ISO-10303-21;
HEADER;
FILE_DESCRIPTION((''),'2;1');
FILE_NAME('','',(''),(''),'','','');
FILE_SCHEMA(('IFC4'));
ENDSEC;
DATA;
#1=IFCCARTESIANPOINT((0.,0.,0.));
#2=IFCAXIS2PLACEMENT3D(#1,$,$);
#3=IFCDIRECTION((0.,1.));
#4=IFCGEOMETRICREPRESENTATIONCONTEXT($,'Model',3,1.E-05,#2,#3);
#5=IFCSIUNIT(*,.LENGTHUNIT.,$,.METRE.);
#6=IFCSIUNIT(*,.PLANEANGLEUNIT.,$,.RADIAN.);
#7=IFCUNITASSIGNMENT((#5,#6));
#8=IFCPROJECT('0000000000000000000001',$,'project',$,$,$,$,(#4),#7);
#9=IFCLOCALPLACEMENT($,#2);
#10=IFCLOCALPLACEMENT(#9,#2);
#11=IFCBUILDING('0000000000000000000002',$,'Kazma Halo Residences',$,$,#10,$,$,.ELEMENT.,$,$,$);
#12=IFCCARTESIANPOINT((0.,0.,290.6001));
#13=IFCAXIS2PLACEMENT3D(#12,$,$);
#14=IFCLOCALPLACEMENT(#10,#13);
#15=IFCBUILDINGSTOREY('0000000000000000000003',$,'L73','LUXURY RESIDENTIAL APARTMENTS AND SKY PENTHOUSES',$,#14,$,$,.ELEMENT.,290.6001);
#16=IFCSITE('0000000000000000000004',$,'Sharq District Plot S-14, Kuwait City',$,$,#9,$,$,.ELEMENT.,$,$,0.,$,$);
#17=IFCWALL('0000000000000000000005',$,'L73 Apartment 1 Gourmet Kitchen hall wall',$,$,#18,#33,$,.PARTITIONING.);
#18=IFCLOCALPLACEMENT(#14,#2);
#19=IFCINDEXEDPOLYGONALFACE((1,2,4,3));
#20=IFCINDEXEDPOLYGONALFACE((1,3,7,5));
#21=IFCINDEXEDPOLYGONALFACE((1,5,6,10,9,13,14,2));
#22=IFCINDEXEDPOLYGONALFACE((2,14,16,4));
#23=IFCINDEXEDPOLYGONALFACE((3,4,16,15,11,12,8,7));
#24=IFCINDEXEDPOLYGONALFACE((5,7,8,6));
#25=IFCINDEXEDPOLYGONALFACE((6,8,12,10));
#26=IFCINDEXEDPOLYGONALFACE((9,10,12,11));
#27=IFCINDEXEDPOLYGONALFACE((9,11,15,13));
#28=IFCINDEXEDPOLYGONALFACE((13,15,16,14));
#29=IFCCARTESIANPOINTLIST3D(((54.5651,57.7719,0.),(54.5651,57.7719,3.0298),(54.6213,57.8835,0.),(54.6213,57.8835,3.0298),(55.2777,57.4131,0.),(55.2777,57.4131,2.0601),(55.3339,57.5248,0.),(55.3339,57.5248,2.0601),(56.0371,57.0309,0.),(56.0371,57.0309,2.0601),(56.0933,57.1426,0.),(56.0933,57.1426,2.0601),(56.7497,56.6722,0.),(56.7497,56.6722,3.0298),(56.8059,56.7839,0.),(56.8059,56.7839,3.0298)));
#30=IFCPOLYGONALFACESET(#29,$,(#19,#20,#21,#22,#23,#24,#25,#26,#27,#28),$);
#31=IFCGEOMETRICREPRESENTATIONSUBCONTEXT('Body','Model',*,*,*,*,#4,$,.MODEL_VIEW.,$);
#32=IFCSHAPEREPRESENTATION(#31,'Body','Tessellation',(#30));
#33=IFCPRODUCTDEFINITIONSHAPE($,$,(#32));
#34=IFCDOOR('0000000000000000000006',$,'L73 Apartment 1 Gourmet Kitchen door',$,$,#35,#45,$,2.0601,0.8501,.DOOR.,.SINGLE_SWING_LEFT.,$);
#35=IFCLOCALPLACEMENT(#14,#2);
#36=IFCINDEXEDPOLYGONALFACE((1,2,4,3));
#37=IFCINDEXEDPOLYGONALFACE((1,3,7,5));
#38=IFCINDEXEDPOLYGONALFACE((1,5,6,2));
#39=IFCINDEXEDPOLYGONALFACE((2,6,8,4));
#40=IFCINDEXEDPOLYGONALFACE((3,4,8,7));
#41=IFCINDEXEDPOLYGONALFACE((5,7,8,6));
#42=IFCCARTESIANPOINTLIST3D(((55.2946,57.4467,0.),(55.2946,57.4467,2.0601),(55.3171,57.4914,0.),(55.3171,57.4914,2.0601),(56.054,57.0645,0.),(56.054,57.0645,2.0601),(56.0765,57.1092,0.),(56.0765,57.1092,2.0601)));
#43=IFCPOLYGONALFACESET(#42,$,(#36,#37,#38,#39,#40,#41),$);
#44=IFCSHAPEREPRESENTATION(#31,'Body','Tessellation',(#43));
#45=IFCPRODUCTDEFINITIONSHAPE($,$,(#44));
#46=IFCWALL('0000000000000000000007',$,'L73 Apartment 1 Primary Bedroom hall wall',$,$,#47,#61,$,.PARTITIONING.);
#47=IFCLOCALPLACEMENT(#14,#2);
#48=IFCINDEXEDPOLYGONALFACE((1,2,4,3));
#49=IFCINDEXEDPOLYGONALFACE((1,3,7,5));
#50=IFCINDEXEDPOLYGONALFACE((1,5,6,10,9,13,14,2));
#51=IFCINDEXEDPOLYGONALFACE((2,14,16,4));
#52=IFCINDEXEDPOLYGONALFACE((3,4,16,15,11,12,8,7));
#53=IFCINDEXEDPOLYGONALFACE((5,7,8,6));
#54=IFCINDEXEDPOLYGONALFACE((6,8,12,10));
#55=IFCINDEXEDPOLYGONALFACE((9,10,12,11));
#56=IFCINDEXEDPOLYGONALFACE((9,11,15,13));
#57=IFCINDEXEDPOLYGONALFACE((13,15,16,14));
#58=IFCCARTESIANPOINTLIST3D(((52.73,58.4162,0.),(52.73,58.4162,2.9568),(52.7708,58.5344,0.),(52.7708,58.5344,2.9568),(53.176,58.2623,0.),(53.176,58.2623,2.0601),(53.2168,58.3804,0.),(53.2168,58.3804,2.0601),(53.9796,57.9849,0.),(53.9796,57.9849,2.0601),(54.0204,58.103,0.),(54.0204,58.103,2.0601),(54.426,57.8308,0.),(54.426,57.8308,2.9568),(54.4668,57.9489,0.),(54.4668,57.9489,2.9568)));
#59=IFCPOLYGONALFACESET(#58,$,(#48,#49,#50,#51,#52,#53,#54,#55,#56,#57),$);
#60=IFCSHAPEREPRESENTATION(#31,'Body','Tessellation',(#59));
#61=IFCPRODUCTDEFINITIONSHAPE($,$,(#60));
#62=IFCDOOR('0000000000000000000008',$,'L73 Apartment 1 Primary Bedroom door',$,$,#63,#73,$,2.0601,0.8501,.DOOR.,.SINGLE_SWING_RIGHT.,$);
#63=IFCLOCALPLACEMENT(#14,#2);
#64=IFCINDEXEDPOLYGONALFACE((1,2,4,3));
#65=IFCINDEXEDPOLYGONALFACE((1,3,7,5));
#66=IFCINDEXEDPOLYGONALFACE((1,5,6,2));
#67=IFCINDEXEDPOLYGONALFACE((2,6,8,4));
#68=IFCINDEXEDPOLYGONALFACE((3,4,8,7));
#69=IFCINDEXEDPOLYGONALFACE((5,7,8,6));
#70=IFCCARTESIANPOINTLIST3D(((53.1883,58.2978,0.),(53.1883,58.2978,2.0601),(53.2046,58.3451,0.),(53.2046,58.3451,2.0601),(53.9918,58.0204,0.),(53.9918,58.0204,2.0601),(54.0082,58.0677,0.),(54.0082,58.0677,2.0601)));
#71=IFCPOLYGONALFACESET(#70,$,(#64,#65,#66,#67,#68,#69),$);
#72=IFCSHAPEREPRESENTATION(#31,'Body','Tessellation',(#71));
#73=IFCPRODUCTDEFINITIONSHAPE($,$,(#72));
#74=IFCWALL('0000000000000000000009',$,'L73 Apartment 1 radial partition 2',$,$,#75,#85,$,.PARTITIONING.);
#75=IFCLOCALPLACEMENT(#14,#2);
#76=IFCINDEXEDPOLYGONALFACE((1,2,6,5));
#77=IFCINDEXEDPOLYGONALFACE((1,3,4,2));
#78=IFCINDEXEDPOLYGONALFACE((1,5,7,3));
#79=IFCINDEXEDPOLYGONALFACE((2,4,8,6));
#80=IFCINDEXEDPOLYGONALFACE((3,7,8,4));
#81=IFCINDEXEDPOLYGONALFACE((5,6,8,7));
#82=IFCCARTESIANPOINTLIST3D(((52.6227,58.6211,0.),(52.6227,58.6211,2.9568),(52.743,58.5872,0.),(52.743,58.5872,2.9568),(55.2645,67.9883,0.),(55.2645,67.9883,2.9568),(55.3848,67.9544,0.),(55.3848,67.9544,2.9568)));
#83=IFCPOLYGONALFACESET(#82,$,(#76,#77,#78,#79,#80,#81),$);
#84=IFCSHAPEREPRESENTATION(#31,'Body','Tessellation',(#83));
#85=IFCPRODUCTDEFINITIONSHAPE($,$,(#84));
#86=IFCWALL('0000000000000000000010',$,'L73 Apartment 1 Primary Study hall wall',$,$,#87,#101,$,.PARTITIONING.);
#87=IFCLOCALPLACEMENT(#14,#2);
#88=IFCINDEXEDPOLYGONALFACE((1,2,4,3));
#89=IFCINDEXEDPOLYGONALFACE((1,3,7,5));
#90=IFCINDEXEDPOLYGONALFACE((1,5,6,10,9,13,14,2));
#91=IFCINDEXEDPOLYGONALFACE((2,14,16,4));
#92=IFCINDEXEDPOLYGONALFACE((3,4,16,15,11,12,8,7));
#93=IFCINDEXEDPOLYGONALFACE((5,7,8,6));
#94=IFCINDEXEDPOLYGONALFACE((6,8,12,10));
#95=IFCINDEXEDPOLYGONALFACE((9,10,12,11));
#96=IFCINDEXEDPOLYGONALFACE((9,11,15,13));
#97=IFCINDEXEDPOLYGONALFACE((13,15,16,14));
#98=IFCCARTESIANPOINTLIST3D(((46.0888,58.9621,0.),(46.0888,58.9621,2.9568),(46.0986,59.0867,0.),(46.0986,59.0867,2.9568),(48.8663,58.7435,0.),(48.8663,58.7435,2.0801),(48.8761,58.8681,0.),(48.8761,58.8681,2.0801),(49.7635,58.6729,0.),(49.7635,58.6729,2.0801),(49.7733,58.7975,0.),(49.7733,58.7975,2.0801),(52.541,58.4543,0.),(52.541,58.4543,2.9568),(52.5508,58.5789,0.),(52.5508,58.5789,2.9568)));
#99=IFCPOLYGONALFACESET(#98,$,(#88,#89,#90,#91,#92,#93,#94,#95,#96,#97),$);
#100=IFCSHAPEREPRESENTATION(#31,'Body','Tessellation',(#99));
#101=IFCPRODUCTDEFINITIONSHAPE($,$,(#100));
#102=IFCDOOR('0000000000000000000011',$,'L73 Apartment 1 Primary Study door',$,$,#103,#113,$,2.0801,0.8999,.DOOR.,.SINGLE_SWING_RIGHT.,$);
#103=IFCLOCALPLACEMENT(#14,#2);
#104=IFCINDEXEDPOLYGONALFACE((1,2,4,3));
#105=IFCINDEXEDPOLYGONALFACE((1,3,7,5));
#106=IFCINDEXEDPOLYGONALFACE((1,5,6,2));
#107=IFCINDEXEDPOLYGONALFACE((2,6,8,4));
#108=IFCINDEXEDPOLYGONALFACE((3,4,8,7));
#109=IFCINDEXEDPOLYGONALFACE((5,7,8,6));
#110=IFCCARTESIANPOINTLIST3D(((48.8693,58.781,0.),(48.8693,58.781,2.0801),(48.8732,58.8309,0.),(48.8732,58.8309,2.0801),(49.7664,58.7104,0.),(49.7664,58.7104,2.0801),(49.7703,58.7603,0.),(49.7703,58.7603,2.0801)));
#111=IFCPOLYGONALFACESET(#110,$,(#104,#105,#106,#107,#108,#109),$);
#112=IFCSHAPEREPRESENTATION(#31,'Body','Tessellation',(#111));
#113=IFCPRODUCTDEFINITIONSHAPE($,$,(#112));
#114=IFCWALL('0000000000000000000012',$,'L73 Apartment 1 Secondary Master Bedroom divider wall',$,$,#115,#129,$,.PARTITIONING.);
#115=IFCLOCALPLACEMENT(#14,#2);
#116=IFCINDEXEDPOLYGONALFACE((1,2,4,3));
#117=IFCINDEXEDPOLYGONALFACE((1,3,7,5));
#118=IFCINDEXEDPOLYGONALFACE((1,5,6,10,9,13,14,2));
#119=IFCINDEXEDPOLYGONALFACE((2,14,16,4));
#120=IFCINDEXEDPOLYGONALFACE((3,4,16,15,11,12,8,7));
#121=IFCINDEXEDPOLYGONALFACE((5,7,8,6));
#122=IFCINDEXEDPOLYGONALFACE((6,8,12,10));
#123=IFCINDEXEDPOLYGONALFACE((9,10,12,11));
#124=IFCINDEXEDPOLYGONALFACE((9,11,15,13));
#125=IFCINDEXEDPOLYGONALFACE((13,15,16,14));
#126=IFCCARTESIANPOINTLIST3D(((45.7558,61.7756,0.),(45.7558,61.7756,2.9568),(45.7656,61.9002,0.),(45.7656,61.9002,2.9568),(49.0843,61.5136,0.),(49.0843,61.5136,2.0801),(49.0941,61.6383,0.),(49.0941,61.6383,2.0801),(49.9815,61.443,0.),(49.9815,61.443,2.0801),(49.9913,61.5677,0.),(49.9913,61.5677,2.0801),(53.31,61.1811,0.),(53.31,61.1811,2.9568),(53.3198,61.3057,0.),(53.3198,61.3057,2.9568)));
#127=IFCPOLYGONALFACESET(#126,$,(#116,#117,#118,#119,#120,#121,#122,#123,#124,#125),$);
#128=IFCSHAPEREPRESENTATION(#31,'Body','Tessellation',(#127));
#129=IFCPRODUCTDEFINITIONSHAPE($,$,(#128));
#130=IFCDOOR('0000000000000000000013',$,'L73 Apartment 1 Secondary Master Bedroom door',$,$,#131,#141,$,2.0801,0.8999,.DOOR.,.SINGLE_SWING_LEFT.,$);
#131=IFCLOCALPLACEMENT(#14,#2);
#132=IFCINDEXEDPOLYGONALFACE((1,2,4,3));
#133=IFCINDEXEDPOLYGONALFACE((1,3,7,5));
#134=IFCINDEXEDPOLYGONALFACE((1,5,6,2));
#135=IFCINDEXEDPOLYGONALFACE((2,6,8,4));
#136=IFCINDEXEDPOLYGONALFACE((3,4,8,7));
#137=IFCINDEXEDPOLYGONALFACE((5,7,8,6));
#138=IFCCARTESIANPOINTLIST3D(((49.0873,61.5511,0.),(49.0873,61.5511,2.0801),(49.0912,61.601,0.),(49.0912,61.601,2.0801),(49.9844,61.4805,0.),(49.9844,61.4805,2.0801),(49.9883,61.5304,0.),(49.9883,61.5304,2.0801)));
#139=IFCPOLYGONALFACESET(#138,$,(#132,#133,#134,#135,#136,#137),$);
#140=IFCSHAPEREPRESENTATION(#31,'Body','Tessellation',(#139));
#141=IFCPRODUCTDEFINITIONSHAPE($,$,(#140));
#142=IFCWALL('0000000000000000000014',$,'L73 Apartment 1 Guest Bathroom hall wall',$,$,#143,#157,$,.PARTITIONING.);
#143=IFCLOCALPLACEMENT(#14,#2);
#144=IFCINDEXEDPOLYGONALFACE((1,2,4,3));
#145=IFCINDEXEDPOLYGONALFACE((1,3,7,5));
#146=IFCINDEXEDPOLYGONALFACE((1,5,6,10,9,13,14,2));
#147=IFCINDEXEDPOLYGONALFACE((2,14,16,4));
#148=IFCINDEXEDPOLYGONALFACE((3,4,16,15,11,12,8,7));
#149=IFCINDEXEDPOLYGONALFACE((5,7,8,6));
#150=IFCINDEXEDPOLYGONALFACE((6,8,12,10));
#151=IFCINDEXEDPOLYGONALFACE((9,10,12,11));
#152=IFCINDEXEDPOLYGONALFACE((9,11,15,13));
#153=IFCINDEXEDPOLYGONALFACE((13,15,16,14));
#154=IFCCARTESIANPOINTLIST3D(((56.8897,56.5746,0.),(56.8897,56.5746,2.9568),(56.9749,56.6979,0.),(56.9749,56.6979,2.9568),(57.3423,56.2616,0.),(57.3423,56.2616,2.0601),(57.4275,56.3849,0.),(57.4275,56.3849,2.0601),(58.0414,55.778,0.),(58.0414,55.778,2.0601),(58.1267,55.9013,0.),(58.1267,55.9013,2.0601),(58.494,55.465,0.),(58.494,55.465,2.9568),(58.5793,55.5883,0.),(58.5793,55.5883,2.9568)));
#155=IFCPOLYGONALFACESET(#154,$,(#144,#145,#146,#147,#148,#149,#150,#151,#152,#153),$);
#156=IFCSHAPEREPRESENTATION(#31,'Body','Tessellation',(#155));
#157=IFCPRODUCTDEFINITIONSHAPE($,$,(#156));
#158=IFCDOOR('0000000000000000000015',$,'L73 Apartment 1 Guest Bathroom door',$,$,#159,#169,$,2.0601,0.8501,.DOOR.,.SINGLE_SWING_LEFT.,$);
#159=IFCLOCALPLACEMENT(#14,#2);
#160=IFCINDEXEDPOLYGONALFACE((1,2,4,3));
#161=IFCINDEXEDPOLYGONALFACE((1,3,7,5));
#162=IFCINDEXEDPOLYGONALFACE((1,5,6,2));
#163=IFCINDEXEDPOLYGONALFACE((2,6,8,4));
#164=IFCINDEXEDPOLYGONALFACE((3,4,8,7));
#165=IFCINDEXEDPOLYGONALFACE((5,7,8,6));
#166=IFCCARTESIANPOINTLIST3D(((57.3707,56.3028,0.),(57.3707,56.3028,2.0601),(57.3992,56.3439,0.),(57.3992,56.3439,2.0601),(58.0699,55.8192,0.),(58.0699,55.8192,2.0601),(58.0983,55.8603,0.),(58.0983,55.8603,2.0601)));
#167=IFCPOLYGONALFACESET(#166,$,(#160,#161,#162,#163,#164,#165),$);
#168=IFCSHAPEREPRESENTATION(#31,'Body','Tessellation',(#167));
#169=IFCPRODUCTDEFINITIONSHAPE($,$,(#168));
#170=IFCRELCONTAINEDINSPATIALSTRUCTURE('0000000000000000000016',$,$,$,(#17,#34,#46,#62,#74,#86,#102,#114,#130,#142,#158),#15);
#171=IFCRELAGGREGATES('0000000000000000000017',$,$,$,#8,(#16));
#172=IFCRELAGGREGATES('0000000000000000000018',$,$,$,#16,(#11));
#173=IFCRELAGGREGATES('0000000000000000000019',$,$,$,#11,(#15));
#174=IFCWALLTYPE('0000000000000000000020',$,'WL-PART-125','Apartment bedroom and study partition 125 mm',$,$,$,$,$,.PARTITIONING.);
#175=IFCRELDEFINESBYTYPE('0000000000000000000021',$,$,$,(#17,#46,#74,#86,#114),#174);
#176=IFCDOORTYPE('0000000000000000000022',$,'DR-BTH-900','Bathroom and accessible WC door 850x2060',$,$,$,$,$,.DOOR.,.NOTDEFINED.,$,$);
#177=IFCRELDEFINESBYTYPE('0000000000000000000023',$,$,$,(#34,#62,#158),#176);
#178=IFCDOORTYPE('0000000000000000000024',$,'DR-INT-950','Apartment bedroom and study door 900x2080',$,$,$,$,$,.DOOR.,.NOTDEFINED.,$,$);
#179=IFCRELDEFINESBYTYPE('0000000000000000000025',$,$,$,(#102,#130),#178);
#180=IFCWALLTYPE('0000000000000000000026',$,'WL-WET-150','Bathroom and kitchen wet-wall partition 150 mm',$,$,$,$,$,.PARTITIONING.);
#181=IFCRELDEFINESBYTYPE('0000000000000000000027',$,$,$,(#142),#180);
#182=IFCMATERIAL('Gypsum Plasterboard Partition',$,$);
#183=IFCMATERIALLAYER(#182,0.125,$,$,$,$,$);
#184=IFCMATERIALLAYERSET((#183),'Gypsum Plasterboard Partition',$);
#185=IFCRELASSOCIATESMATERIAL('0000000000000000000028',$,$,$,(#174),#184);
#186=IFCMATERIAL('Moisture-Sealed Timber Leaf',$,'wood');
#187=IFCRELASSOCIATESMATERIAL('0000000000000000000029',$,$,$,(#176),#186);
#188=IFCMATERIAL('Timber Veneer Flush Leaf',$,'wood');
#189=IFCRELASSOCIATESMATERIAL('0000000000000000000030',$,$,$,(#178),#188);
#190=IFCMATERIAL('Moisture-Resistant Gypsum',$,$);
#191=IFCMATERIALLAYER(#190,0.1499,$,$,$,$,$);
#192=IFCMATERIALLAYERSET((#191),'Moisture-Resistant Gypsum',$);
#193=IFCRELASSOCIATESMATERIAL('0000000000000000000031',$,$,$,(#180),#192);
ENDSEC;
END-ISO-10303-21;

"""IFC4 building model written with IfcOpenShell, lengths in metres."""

from ifc_helpers import new_model, si_unit, direction, frame, frame_2d, origin, place, context, subcontext, project, spatial, rectangle, extrude, material, layer, layer_set, type_object, element, fill, save


model = new_model("IFC4")

# Units and contexts
model_context = context("Model", 3, precision=1e-05, world=origin(), true_north=direction((0.0, 1.0)))
body_context = subcontext(model_context, "Body", "Model", "MODEL_VIEW")
ifc_project = project(units=[si_unit("LENGTHUNIT", "METRE"), si_unit("PLANEANGLEUNIT", "RADIAN")], contexts=[model_context])

# Site, building, storey
site_placement = place(None, origin())
site = spatial("IfcSite", under=ifc_project, at=site_placement, Name="Sharq District Plot S-14, Kuwait City", CompositionType="ELEMENT", RefElevation=0.0)
building_placement = place(site_placement, origin())
building = spatial("IfcBuilding", under=site, at=building_placement, Name="Kazma Halo Residences", CompositionType="ELEMENT")
storey_placement = place(building_placement, frame((0.0, 0.0, 290.6001)))
storey = spatial("IfcBuildingStorey", under=building, at=storey_placement, Name="L73", Description="LUXURY RESIDENTIAL APARTMENTS AND SKY PENTHOUSES", CompositionType="ELEMENT", Elevation=290.6001)

# Shared definitions
ifc_material_1 = material(Name="Gypsum Plasterboard Partition")
ifc_layer_1 = layer(ifc_material_1, 0.125)
ifc_layer_set_1 = layer_set([ifc_layer_1], Name="Gypsum Plasterboard Partition")
wall_type_1 = type_object("IfcWallType", Name="WL-PART-125", Description="Apartment bedroom and study partition 125 mm", PredefinedType="PARTITIONING", material=ifc_layer_set_1)
ifc_material_2 = material(Name="Moisture-Sealed Timber Leaf", Category="wood")
door_type_1 = type_object("IfcDoorType", Name="DR-BTH-900", Description="Bathroom and accessible WC door 850x2060", OperationType="NOTDEFINED", PredefinedType="DOOR", material=ifc_material_2)

# Walls, openings, doors
wall_1_placement = place(storey_placement, frame((56.7778, 56.728, 0.0), z_axis=(0.0, 0.0, 1.0), x_axis=(-0.893226, 0.449608, 0.0)))
wall_1 = element("IfcWall", 1, at=wall_1_placement, inside=storey, type_object=wall_type_1, Name="L73 Apartment 1 Gourmet Kitchen hall wall", PredefinedType="PARTITIONING", context=body_context, shape_type="SweptSolid", body=[
    extrude(rectangle(XDim=2.4458, YDim=0.125, at=frame_2d((1.2229, 0.0))), origin(), (0.0, 0.0, 1.0), 3.0298),
])
opening_1_placement = place(wall_1_placement, frame((0.7979, 0.0, 0.0)))
opening_1 = element("IfcOpeningElement", 2, at=opening_1_placement, cuts=wall_1, PredefinedType="OPENING", context=body_context, shape_type="SweptSolid", body=[
    extrude(rectangle(XDim=0.8501, YDim=2.0601, at=frame_2d((0.425, 1.03))), frame((0.0, 0.0725, 0.0), z_axis=(0.0, -1.0, 0.0), x_axis=(1.0, 0.0, 0.0)), (0.0, 0.0, 1.0), 0.145),
])
door_1_placement = place(opening_1_placement, origin())
door_1 = element("IfcDoor", 3, at=door_1_placement, inside=storey, type_object=door_type_1, Name="L73 Apartment 1 Gourmet Kitchen door", OperationType="SINGLE_SWING_LEFT", OverallHeight=2.0601, OverallWidth=0.8501, PredefinedType="DOOR", context=body_context, shape_type="SweptSolid", body=[
    extrude(rectangle(XDim=0.8501, YDim=2.0601, at=frame_2d((0.425, 1.03))), frame((0.0, 0.0249, 0.0), z_axis=(0.0, -1.0, 0.0), x_axis=(1.0, 0.0, 0.0)), (0.0, 0.0, 1.0), 0.05),
])
fill(opening_1, door_1)
wall_2_placement = place(storey_placement, frame((54.4463, 57.8899, 0.0), z_axis=(0.0, 0.0, 1.0), x_axis=(-0.945269, 0.326293, 0.0)))
wall_2 = element("IfcWall", 4, at=wall_2_placement, inside=storey, type_object=wall_type_1, Name="L73 Apartment 1 Primary Bedroom hall wall", PredefinedType="PARTITIONING", context=body_context, shape_type="SweptSolid", body=[
    extrude(rectangle(XDim=1.7942, YDim=0.125, at=frame_2d((0.897, 0.0))), origin(), (0.0, 0.0, 1.0), 2.9568),
])
opening_2_placement = place(wall_2_placement, frame((0.4722, 0.0, 0.0)))
opening_2 = element("IfcOpeningElement", 5, at=opening_2_placement, cuts=wall_2, PredefinedType="OPENING", context=body_context, shape_type="SweptSolid", body=[
    extrude(rectangle(XDim=0.8501, YDim=2.0601, at=frame_2d((0.425, 1.03))), frame((0.0, 0.0725, 0.0), z_axis=(0.0, -1.0, 0.0), x_axis=(1.0, 0.0, 0.0)), (0.0, 0.0, 1.0), 0.145),
])
door_2_placement = place(opening_2_placement, origin())
door_2 = element("IfcDoor", 6, at=door_2_placement, inside=storey, type_object=door_type_1, Name="L73 Apartment 1 Primary Bedroom door", OperationType="SINGLE_SWING_RIGHT", OverallHeight=2.0601, OverallWidth=0.8501, PredefinedType="DOOR", context=body_context, shape_type="SweptSolid", body=[
    extrude(rectangle(XDim=0.8501, YDim=2.0601, at=frame_2d((0.425, 1.03))), frame((0.0, 0.0249, 0.0), z_axis=(0.0, -1.0, 0.0), x_axis=(1.0, 0.0, 0.0)), (0.0, 0.0, 1.0), 0.05),
])
fill(opening_2, door_2)

# Wall
wall_3_placement = place(storey_placement, frame((52.6829, 58.6042, 0.0), z_axis=(0.0, 0.0, 1.0), x_axis=(0.271443, 0.962455, 0.0)))
element("IfcWall", 7, at=wall_3_placement, inside=storey, type_object=wall_type_1, Name="L73 Apartment 1 radial partition 2", PredefinedType="PARTITIONING", context=body_context, shape_type="SweptSolid", body=[
    extrude(rectangle(XDim=9.7327, YDim=0.125, at=frame_2d((4.8662, 0.0))), origin(), (0.0, 0.0, 1.0), 2.9568),
])

# Walls, openings, doors
wall_4_placement = place(storey_placement, frame((52.5459, 58.5166, 0.0), z_axis=(0.0, 0.0, 1.0), x_axis=(-0.996917, 0.078462, 0.0)))
wall_4 = element("IfcWall", 8, at=wall_4_placement, inside=storey, type_object=wall_type_1, Name="L73 Apartment 1 Primary Study hall wall", PredefinedType="PARTITIONING", context=body_context, shape_type="SweptSolid", body=[
    extrude(rectangle(XDim=6.4722, YDim=0.125, at=frame_2d((3.2361, 0.0))), origin(), (0.0, 0.0, 1.0), 2.9568),
])
opening_3_placement = place(wall_4_placement, frame((2.7861, 0.0, 0.0)))
opening_3 = element("IfcOpeningElement", 9, at=opening_3_placement, cuts=wall_4, PredefinedType="OPENING", context=body_context, shape_type="SweptSolid", body=[
    extrude(rectangle(XDim=0.8999, YDim=2.0801, at=frame_2d((0.45, 1.04))), frame((0.0, 0.0725, 0.0), z_axis=(0.0, -1.0, 0.0), x_axis=(1.0, 0.0, 0.0)), (0.0, 0.0, 1.0), 0.145),
])
ifc_material_3 = material(Name="Timber Veneer Flush Leaf", Category="wood")
door_type_2 = type_object("IfcDoorType", Name="DR-INT-950", Description="Apartment bedroom and study door 900x2080", OperationType="NOTDEFINED", PredefinedType="DOOR", material=ifc_material_3)
door_3_placement = place(opening_3_placement, origin())
door_3 = element("IfcDoor", 10, at=door_3_placement, inside=storey, type_object=door_type_2, Name="L73 Apartment 1 Primary Study door", OperationType="SINGLE_SWING_RIGHT", OverallHeight=2.0801, OverallWidth=0.8999, PredefinedType="DOOR", context=body_context, shape_type="SweptSolid", body=[
    extrude(rectangle(XDim=0.8999, YDim=2.0801, at=frame_2d((0.45, 1.04))), frame((0.0, 0.0249, 0.0), z_axis=(0.0, -1.0, 0.0), x_axis=(1.0, 0.0, 0.0)), (0.0, 0.0, 1.0), 0.05),
])
fill(opening_3, door_3)
wall_5_placement = place(storey_placement, frame((53.3149, 61.2434, 0.0), z_axis=(0.0, 0.0, 1.0), x_axis=(-0.996918, 0.078453, 0.0)))
wall_5 = element("IfcWall", 11, at=wall_5_placement, inside=storey, type_object=wall_type_1, Name="L73 Apartment 1 Secondary Master Bedroom divider wall", PredefinedType="PARTITIONING", context=body_context, shape_type="SweptSolid", body=[
    extrude(rectangle(XDim=7.5776, YDim=0.125, at=frame_2d((3.7888, 0.0))), origin(), (0.0, 0.0, 1.0), 2.9568),
])
opening_4_placement = place(wall_5_placement, frame((3.3389, 0.0, 0.0)))
opening_4 = element("IfcOpeningElement", 12, at=opening_4_placement, cuts=wall_5, PredefinedType="OPENING", context=body_context, shape_type="SweptSolid", body=[
    extrude(rectangle(XDim=0.8999, YDim=2.0801, at=frame_2d((0.45, 1.04))), frame((0.0, 0.0725, 0.0), z_axis=(0.0, -1.0, 0.0), x_axis=(1.0, 0.0, 0.0)), (0.0, 0.0, 1.0), 0.145),
])
door_4_placement = place(opening_4_placement, origin())
door_4 = element("IfcDoor", 13, at=door_4_placement, inside=storey, type_object=door_type_2, Name="L73 Apartment 1 Secondary Master Bedroom door", OperationType="SINGLE_SWING_LEFT", OverallHeight=2.0801, OverallWidth=0.8999, PredefinedType="DOOR", context=body_context, shape_type="SweptSolid", body=[
    extrude(rectangle(XDim=0.8999, YDim=2.0801, at=frame_2d((0.45, 1.04))), frame((0.0, 0.0249, 0.0), z_axis=(0.0, -1.0, 0.0), x_axis=(1.0, 0.0, 0.0)), (0.0, 0.0, 1.0), 0.05),
])
fill(opening_4, door_4)
ifc_material_4 = material(Name="Moisture-Resistant Gypsum")
ifc_layer_2 = layer(ifc_material_4, 0.1499)
ifc_layer_set_2 = layer_set([ifc_layer_2], Name="Moisture-Resistant Gypsum")
wall_type_2 = type_object("IfcWallType", Name="WL-WET-150", Description="Bathroom and kitchen wet-wall partition 150 mm", PredefinedType="PARTITIONING", material=ifc_layer_set_2)
wall_6_placement = place(storey_placement, frame((58.5366, 55.5266, 0.0), z_axis=(0.0, 0.0, 1.0), x_axis=(-0.822435, 0.568858, 0.0)))
wall_6 = element("IfcWall", 14, at=wall_6_placement, inside=storey, type_object=wall_type_2, Name="L73 Apartment 1 Guest Bathroom hall wall", PredefinedType="PARTITIONING", context=body_context, shape_type="SweptSolid", body=[
    extrude(rectangle(XDim=1.9507, YDim=0.1499, at=frame_2d((0.9753, 0.0))), origin(), (0.0, 0.0, 1.0), 2.9568),
])
opening_5_placement = place(wall_6_placement, frame((0.5503, 0.0, 0.0)))
opening_5 = element("IfcOpeningElement", 15, at=opening_5_placement, cuts=wall_6, PredefinedType="OPENING", context=body_context, shape_type="SweptSolid", body=[
    extrude(rectangle(XDim=0.8501, YDim=2.0601, at=frame_2d((0.425, 1.03))), frame((0.0, 0.085, 0.0), z_axis=(0.0, -1.0, 0.0), x_axis=(1.0, 0.0, 0.0)), (0.0, 0.0, 1.0), 0.1699),
])
door_5_placement = place(opening_5_placement, origin())
door_5 = element("IfcDoor", 16, at=door_5_placement, inside=storey, type_object=door_type_1, Name="L73 Apartment 1 Guest Bathroom door", OperationType="SINGLE_SWING_LEFT", OverallHeight=2.0601, OverallWidth=0.8501, PredefinedType="DOOR", context=body_context, shape_type="SweptSolid", body=[
    extrude(rectangle(XDim=0.8501, YDim=2.0601, at=frame_2d((0.425, 1.03))), frame((0.0, 0.0249, 0.0), z_axis=(0.0, -1.0, 0.0), x_axis=(1.0, 0.0, 0.0)), (0.0, 0.0, 1.0), 0.05),
])
fill(opening_5, door_5)

save(model, "model.ifc")
